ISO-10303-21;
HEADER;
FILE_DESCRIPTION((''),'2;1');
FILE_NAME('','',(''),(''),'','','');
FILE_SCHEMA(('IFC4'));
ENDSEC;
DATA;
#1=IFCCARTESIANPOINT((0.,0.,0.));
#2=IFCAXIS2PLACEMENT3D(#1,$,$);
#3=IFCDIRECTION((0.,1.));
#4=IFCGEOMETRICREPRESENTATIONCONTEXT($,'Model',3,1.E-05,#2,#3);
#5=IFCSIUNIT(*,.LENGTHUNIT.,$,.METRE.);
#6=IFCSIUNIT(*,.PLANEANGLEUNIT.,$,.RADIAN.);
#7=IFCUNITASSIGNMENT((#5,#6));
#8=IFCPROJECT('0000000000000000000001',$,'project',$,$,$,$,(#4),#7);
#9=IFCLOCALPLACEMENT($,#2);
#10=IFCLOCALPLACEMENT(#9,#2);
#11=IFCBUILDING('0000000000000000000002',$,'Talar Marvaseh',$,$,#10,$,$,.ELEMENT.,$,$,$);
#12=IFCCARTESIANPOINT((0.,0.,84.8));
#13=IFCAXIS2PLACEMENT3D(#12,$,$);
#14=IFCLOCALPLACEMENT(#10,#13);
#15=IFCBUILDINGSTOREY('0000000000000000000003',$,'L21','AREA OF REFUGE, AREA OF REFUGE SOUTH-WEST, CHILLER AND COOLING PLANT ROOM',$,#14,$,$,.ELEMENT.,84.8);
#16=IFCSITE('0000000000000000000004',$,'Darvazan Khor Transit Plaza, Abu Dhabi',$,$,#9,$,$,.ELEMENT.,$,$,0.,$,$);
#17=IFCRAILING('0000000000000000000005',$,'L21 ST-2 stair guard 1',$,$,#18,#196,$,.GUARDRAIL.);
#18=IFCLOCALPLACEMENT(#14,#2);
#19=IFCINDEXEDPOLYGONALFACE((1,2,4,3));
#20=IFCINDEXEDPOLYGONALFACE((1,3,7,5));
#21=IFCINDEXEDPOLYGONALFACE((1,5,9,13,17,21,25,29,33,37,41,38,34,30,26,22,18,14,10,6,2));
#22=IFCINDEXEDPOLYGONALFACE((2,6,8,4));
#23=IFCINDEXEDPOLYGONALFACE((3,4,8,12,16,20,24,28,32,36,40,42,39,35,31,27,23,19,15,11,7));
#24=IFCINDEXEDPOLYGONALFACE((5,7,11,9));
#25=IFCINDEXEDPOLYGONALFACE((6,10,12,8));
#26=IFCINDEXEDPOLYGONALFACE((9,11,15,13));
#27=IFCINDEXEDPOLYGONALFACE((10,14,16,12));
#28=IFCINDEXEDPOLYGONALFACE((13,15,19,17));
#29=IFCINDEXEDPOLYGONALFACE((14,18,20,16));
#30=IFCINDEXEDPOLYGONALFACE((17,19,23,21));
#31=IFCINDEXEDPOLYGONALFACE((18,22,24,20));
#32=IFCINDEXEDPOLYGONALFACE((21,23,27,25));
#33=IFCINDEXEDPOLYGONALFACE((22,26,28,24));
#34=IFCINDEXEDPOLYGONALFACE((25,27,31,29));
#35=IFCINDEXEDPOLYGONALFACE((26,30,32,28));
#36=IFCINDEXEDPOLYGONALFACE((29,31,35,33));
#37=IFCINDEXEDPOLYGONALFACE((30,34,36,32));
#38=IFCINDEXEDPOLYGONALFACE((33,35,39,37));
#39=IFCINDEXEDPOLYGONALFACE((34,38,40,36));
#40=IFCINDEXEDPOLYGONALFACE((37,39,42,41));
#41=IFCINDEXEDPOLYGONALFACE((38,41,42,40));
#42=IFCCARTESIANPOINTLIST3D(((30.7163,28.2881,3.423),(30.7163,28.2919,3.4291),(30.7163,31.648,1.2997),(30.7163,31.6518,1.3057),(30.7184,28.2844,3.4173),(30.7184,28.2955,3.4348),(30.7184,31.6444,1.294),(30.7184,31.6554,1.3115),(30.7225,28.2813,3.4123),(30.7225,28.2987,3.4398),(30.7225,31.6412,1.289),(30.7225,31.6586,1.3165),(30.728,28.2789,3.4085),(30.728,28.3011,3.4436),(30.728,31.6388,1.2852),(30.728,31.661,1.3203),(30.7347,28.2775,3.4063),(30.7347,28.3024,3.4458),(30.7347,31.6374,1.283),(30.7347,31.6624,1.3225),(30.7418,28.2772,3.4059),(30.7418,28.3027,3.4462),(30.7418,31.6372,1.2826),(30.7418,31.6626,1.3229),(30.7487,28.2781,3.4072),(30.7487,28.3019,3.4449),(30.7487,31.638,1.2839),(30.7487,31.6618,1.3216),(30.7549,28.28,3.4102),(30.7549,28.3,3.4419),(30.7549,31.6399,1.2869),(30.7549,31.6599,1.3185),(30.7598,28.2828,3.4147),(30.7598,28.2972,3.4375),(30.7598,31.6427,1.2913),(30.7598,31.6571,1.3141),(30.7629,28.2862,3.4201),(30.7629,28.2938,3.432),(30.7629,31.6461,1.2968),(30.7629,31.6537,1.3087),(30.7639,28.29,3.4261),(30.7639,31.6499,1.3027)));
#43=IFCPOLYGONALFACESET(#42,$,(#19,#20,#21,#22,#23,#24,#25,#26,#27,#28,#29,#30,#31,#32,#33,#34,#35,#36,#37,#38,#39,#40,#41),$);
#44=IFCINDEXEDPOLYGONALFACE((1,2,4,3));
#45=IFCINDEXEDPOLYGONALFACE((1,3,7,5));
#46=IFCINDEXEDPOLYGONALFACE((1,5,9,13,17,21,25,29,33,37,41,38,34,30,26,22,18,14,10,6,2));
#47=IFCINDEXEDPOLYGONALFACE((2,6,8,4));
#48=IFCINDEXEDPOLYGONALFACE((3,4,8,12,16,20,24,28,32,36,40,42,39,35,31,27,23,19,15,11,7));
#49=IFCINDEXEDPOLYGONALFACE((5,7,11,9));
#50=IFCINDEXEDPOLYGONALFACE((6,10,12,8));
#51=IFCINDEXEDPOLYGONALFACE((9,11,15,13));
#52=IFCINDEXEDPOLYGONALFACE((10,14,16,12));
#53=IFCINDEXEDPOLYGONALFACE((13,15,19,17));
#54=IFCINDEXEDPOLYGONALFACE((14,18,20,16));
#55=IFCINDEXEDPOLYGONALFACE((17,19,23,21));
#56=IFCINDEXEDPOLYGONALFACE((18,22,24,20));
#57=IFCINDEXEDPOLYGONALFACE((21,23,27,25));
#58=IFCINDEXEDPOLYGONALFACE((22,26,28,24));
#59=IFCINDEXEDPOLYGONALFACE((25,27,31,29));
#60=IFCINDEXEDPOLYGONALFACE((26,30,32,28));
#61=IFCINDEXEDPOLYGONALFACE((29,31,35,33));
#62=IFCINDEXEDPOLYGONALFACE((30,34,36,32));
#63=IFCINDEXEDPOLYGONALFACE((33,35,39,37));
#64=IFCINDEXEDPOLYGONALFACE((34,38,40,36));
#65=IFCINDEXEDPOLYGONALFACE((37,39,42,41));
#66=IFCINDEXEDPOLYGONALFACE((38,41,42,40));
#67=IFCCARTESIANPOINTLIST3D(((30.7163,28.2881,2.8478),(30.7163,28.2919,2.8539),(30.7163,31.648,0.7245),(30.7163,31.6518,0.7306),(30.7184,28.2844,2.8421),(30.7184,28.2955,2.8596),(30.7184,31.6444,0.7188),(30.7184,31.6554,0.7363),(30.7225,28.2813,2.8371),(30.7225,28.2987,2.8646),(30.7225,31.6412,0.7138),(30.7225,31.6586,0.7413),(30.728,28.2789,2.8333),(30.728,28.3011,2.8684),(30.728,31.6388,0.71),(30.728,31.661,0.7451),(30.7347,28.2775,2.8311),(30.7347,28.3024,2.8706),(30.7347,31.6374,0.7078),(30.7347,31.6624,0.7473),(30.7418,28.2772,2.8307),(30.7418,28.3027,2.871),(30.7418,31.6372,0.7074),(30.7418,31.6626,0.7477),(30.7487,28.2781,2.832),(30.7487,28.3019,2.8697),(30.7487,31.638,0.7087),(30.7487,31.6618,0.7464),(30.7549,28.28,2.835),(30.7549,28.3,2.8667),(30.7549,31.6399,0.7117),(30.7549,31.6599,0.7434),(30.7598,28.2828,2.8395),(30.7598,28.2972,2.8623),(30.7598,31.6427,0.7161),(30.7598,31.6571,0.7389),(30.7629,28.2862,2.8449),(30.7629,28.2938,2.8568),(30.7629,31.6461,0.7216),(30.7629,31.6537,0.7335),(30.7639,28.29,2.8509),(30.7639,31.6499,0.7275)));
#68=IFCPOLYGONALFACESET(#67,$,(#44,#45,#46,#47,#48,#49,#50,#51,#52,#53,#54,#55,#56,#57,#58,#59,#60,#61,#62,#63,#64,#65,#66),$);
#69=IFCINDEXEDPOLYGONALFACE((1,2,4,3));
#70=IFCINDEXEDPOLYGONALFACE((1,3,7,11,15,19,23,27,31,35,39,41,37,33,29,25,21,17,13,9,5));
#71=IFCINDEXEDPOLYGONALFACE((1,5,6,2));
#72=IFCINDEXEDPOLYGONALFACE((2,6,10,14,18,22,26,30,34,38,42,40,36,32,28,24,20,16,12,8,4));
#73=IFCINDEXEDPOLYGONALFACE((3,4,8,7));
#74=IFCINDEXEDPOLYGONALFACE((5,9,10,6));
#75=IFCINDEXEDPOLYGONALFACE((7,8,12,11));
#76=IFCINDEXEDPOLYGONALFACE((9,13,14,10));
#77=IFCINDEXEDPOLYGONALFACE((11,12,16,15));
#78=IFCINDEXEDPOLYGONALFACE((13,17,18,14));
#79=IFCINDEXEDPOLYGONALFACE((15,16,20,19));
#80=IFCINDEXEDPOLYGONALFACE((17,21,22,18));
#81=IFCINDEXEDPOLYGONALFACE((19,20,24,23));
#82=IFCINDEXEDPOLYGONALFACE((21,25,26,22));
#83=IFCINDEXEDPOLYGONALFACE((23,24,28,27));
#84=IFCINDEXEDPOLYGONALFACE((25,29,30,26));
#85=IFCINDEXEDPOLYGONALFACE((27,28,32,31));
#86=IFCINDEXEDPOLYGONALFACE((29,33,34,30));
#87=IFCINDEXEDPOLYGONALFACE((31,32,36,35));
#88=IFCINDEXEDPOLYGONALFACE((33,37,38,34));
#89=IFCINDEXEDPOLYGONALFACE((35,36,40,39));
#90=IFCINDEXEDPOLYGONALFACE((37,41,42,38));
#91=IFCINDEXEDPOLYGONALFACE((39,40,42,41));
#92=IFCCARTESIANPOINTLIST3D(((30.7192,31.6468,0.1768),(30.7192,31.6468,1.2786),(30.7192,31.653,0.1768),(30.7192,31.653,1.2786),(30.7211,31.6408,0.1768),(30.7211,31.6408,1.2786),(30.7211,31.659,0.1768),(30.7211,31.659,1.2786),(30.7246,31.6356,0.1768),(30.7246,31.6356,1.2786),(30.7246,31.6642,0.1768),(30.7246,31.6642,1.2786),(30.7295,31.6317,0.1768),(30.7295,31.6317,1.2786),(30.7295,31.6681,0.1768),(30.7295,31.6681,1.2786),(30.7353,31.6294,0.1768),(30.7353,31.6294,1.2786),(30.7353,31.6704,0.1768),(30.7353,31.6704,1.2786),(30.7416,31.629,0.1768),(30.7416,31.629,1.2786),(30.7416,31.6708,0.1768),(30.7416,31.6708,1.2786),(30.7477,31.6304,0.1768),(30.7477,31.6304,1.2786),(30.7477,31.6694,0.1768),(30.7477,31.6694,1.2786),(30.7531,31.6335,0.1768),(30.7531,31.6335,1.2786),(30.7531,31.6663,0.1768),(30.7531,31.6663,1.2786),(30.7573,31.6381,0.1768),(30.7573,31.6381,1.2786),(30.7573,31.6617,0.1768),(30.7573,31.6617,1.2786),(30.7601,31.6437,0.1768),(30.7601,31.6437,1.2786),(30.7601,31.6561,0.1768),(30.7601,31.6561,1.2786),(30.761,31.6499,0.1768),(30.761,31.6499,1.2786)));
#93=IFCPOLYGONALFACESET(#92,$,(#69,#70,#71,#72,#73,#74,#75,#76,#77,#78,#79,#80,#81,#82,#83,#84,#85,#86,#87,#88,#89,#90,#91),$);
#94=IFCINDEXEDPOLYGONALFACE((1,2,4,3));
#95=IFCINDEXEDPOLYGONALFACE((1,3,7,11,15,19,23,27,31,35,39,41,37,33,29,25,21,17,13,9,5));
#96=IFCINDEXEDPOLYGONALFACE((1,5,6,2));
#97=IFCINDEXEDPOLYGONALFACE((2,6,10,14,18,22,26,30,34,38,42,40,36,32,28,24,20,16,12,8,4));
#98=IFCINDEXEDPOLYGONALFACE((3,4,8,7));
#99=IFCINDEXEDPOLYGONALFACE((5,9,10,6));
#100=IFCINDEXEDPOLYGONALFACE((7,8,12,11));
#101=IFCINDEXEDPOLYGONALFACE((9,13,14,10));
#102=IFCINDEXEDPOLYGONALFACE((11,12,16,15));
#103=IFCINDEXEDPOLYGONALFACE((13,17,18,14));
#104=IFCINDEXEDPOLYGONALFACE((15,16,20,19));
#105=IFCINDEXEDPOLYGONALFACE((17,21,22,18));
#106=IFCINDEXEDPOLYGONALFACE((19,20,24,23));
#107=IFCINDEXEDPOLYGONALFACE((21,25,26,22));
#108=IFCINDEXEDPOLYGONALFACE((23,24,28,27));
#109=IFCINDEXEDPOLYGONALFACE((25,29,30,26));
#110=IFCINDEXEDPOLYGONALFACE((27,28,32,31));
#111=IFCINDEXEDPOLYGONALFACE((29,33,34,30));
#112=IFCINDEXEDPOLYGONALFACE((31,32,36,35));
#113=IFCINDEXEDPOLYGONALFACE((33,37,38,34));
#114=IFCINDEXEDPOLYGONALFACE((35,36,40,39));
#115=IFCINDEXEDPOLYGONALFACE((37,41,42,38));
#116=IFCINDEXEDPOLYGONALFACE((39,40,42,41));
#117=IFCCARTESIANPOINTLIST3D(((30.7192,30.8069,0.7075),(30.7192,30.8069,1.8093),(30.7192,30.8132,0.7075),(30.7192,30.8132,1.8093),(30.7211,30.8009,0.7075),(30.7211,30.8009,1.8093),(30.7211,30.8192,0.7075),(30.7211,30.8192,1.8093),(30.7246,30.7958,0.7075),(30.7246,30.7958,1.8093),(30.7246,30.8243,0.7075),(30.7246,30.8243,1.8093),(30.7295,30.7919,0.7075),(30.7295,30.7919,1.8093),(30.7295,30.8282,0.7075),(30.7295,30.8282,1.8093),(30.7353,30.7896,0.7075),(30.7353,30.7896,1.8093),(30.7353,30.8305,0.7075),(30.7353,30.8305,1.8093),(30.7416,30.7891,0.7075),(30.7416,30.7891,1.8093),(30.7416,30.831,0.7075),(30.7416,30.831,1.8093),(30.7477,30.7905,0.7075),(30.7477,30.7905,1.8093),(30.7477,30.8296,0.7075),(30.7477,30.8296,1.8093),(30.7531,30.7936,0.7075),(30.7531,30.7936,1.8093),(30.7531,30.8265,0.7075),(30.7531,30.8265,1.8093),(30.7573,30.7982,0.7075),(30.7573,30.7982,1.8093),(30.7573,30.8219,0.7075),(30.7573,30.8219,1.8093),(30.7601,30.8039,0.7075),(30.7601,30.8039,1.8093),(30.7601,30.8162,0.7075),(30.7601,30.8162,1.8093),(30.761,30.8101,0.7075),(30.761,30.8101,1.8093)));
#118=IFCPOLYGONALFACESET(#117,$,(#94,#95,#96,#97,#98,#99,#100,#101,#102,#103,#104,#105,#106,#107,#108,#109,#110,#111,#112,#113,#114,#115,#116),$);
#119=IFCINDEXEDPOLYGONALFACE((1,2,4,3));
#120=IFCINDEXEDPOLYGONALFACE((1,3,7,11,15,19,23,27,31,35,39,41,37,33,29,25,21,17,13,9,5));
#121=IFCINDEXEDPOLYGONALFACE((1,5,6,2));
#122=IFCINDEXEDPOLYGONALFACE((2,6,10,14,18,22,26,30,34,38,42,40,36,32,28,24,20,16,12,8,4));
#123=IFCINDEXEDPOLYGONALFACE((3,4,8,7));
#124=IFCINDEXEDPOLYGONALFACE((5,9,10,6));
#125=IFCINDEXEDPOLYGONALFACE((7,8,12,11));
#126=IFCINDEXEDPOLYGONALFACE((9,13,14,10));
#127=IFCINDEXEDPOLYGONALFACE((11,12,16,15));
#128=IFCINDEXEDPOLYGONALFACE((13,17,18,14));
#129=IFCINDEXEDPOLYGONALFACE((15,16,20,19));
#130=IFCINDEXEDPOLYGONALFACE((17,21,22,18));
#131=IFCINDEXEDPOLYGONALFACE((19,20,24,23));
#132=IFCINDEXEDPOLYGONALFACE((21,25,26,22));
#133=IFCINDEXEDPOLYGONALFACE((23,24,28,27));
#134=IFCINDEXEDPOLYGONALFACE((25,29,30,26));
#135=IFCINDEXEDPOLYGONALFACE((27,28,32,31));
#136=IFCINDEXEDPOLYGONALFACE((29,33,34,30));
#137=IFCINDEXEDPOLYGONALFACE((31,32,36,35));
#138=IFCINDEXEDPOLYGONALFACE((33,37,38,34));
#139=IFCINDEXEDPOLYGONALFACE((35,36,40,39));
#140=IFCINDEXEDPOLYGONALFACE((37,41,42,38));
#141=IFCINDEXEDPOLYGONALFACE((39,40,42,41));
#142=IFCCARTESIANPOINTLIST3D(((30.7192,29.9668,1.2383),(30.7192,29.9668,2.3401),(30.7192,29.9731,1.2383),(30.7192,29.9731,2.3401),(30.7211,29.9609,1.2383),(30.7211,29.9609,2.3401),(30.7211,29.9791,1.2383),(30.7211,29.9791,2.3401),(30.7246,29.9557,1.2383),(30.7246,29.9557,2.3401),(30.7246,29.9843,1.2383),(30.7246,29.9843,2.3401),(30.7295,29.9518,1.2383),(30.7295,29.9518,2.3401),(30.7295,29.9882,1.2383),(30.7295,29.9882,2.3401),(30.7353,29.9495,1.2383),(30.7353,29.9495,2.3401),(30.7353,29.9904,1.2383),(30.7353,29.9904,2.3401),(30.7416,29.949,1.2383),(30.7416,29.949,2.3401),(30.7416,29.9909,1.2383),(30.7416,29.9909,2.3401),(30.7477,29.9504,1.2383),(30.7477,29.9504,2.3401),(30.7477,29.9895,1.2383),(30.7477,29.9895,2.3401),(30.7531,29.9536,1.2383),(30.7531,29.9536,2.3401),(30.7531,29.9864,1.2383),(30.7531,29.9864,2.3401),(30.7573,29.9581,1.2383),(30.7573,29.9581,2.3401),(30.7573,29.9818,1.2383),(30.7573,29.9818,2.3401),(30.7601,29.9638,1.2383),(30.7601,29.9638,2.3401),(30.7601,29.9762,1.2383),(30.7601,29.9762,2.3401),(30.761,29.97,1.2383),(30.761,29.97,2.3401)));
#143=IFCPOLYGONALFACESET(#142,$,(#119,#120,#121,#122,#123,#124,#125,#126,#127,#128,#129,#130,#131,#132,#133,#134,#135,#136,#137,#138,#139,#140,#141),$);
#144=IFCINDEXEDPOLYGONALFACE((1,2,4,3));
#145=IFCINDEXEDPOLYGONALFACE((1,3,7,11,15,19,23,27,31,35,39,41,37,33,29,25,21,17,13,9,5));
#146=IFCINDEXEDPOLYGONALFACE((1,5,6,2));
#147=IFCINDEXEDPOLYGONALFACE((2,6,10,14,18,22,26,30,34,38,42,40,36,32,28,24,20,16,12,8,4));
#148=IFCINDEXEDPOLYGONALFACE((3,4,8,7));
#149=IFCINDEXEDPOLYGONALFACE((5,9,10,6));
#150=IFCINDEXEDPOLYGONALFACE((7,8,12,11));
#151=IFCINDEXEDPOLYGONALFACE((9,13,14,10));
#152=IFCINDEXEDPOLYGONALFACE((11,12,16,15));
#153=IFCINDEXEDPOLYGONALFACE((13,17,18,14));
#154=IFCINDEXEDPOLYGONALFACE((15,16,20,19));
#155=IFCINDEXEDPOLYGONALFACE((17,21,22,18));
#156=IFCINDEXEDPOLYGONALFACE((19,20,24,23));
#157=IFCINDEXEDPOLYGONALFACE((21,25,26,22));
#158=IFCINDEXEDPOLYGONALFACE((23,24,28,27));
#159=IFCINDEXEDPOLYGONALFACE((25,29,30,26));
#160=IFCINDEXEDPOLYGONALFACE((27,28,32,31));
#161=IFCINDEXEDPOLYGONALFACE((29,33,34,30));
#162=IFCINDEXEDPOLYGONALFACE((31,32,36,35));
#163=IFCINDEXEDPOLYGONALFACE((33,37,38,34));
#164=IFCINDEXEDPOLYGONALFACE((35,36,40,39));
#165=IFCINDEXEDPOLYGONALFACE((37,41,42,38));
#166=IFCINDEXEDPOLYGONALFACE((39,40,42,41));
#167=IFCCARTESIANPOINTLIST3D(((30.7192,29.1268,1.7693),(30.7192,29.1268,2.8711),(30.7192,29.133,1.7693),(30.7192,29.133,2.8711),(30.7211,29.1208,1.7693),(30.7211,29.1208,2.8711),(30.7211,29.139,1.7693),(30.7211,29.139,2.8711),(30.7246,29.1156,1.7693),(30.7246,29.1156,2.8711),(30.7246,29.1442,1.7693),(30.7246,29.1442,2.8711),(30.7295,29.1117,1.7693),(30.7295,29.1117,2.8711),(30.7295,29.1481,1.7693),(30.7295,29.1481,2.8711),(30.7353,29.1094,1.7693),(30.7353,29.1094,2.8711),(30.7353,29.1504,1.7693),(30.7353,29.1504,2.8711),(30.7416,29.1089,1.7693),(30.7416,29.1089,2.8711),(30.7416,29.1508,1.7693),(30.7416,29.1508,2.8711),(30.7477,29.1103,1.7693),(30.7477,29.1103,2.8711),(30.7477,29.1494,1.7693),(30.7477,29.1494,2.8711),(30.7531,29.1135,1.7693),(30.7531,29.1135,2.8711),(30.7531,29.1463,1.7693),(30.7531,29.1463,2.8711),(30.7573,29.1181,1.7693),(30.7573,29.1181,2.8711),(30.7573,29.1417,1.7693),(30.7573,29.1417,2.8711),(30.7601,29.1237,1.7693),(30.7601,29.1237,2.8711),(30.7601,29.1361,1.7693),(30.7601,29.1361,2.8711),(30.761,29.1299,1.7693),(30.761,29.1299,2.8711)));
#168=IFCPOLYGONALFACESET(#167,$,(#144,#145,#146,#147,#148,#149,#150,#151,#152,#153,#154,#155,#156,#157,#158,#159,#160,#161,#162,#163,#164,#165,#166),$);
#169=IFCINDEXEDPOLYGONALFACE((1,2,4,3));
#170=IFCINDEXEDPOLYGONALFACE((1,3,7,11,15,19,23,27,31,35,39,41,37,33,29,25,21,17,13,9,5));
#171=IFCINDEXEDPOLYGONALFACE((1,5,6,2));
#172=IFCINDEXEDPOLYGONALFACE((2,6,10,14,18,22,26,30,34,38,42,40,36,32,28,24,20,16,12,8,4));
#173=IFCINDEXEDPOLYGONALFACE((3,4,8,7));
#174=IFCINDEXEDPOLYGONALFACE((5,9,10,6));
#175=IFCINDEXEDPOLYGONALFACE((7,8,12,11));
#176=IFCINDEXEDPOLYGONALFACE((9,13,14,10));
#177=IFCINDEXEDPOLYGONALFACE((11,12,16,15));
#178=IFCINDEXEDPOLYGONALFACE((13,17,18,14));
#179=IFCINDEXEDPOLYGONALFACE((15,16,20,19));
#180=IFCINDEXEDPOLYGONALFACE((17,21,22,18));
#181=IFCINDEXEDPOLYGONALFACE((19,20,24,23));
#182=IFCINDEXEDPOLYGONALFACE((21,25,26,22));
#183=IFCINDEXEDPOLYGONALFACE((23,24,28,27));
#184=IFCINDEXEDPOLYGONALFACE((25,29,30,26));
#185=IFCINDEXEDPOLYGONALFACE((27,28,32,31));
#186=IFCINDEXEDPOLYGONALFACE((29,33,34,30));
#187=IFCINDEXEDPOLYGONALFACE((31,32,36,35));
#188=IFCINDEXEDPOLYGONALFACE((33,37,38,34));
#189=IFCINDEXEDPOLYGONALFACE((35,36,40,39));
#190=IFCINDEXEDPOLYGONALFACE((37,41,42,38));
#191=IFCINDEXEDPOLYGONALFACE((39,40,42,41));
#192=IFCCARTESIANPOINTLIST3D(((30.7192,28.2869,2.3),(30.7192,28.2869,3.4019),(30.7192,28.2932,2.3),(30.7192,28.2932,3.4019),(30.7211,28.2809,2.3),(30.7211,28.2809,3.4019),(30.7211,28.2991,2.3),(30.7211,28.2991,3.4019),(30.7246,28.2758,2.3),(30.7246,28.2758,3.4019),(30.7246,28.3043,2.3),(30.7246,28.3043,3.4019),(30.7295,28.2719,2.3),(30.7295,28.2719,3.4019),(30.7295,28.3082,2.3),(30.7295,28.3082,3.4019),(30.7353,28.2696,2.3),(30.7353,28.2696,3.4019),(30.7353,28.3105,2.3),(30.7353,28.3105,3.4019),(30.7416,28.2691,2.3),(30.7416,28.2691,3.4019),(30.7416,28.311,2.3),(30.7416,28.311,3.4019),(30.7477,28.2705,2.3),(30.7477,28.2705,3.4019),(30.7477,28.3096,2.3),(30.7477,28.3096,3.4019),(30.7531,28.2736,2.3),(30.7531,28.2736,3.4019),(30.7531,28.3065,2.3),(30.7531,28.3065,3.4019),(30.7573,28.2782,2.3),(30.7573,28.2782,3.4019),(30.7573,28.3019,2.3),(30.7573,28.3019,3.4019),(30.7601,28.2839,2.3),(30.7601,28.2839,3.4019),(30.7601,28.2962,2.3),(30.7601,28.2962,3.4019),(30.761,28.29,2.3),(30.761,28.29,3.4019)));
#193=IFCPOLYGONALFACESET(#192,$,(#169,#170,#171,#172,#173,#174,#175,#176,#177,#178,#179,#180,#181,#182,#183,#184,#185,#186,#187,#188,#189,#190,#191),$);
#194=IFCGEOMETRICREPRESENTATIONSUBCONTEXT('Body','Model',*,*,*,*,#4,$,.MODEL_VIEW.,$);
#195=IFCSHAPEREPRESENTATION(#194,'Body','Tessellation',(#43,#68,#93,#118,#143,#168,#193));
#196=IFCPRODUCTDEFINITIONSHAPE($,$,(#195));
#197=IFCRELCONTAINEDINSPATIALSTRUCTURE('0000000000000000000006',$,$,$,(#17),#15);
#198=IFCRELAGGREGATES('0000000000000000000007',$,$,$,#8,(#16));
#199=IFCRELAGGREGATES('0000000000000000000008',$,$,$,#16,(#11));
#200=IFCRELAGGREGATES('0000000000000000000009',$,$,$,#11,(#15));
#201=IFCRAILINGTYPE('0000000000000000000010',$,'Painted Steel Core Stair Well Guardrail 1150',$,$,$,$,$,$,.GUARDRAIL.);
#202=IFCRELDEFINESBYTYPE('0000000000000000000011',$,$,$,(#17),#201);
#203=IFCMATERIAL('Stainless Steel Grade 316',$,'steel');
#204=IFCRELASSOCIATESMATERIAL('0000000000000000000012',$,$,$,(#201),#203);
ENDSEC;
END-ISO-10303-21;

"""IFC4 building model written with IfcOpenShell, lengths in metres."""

from ifc_helpers import new_model, si_unit, direction, frame, origin, origin_2d, place, context, subcontext, project, spatial, circle, extrude, material, type_object, element, save


model = new_model("IFC4")

# Units and contexts
model_context = context("Model", 3, precision=1e-05, world=origin(), true_north=direction((0.0, 1.0)))
body_context = subcontext(model_context, "Body", "Model", "MODEL_VIEW")
ifc_project = project(units=[si_unit("LENGTHUNIT", "METRE"), si_unit("PLANEANGLEUNIT", "RADIAN")], contexts=[model_context])

# Site, building, storey
site_placement = place(None, origin())
site = spatial("IfcSite", under=ifc_project, at=site_placement, Name="Darvazan Khor Transit Plaza, Abu Dhabi", CompositionType="ELEMENT", RefElevation=0.0)
building_placement = place(site_placement, origin())
building = spatial("IfcBuilding", under=site, at=building_placement, Name="Talar Marvaseh", CompositionType="ELEMENT")
storey_placement = place(building_placement, frame((0.0, 0.0, 84.8)))
storey = spatial("IfcBuildingStorey", under=building, at=storey_placement, Name="L21", Description="AREA OF REFUGE, AREA OF REFUGE SOUTH-WEST, CHILLER AND COOLING PLANT ROOM", CompositionType="ELEMENT", Elevation=84.8)

# Railing
ifc_material_1 = material(Name="Stainless Steel Grade 316", Category="steel")
railing_type_1 = type_object("IfcRailingType", Name="Painted Steel Core Stair Well Guardrail 1150", PredefinedType="GUARDRAIL", material=ifc_material_1)
railing_1_placement = place(storey_placement, frame((30.74, 31.6499, 0.1768)))
element("IfcRailing", 1, at=railing_1_placement, inside=storey, type_object=railing_type_1, Name="L21 ST-2 stair guard 1", PredefinedType="GUARDRAIL", context=body_context, shape_type="SweptSolid", body=[
    extrude(circle(Radius=0.0239, at=origin_2d()), frame((0.0, 0.0, 1.126), z_axis=(0.0, -0.845344, 0.534222), x_axis=(1.0, 0.0, 0.0)), (0.0, 0.0, 1.0), 3.9746),
    extrude(circle(Radius=0.0239, at=origin_2d()), frame((0.0, 0.0, 0.5508), z_axis=(0.0, -0.845344, 0.534222), x_axis=(1.0, 0.0, 0.0)), (0.0, 0.0, 1.0), 3.9746),
    extrude(circle(Radius=0.021, at=origin_2d()), origin(), (0.0, 0.0, 1.0), 1.1018),
    extrude(circle(Radius=0.021, at=origin_2d()), frame((0.0, -0.8398, 0.5308)), (0.0, 0.0, 1.0), 1.1018),
    extrude(circle(Radius=0.021, at=origin_2d()), frame((0.0, -1.6799, 1.0615)), (0.0, 0.0, 1.0), 1.1018),
    extrude(circle(Radius=0.021, at=origin_2d()), frame((0.0, -2.52, 1.5925)), (0.0, 0.0, 1.0), 1.1018),
    extrude(circle(Radius=0.021, at=origin_2d()), frame((0.0, -3.3599, 2.1233)), (0.0, 0.0, 1.0), 1.1018),
])

save(model, "model.ifc")
